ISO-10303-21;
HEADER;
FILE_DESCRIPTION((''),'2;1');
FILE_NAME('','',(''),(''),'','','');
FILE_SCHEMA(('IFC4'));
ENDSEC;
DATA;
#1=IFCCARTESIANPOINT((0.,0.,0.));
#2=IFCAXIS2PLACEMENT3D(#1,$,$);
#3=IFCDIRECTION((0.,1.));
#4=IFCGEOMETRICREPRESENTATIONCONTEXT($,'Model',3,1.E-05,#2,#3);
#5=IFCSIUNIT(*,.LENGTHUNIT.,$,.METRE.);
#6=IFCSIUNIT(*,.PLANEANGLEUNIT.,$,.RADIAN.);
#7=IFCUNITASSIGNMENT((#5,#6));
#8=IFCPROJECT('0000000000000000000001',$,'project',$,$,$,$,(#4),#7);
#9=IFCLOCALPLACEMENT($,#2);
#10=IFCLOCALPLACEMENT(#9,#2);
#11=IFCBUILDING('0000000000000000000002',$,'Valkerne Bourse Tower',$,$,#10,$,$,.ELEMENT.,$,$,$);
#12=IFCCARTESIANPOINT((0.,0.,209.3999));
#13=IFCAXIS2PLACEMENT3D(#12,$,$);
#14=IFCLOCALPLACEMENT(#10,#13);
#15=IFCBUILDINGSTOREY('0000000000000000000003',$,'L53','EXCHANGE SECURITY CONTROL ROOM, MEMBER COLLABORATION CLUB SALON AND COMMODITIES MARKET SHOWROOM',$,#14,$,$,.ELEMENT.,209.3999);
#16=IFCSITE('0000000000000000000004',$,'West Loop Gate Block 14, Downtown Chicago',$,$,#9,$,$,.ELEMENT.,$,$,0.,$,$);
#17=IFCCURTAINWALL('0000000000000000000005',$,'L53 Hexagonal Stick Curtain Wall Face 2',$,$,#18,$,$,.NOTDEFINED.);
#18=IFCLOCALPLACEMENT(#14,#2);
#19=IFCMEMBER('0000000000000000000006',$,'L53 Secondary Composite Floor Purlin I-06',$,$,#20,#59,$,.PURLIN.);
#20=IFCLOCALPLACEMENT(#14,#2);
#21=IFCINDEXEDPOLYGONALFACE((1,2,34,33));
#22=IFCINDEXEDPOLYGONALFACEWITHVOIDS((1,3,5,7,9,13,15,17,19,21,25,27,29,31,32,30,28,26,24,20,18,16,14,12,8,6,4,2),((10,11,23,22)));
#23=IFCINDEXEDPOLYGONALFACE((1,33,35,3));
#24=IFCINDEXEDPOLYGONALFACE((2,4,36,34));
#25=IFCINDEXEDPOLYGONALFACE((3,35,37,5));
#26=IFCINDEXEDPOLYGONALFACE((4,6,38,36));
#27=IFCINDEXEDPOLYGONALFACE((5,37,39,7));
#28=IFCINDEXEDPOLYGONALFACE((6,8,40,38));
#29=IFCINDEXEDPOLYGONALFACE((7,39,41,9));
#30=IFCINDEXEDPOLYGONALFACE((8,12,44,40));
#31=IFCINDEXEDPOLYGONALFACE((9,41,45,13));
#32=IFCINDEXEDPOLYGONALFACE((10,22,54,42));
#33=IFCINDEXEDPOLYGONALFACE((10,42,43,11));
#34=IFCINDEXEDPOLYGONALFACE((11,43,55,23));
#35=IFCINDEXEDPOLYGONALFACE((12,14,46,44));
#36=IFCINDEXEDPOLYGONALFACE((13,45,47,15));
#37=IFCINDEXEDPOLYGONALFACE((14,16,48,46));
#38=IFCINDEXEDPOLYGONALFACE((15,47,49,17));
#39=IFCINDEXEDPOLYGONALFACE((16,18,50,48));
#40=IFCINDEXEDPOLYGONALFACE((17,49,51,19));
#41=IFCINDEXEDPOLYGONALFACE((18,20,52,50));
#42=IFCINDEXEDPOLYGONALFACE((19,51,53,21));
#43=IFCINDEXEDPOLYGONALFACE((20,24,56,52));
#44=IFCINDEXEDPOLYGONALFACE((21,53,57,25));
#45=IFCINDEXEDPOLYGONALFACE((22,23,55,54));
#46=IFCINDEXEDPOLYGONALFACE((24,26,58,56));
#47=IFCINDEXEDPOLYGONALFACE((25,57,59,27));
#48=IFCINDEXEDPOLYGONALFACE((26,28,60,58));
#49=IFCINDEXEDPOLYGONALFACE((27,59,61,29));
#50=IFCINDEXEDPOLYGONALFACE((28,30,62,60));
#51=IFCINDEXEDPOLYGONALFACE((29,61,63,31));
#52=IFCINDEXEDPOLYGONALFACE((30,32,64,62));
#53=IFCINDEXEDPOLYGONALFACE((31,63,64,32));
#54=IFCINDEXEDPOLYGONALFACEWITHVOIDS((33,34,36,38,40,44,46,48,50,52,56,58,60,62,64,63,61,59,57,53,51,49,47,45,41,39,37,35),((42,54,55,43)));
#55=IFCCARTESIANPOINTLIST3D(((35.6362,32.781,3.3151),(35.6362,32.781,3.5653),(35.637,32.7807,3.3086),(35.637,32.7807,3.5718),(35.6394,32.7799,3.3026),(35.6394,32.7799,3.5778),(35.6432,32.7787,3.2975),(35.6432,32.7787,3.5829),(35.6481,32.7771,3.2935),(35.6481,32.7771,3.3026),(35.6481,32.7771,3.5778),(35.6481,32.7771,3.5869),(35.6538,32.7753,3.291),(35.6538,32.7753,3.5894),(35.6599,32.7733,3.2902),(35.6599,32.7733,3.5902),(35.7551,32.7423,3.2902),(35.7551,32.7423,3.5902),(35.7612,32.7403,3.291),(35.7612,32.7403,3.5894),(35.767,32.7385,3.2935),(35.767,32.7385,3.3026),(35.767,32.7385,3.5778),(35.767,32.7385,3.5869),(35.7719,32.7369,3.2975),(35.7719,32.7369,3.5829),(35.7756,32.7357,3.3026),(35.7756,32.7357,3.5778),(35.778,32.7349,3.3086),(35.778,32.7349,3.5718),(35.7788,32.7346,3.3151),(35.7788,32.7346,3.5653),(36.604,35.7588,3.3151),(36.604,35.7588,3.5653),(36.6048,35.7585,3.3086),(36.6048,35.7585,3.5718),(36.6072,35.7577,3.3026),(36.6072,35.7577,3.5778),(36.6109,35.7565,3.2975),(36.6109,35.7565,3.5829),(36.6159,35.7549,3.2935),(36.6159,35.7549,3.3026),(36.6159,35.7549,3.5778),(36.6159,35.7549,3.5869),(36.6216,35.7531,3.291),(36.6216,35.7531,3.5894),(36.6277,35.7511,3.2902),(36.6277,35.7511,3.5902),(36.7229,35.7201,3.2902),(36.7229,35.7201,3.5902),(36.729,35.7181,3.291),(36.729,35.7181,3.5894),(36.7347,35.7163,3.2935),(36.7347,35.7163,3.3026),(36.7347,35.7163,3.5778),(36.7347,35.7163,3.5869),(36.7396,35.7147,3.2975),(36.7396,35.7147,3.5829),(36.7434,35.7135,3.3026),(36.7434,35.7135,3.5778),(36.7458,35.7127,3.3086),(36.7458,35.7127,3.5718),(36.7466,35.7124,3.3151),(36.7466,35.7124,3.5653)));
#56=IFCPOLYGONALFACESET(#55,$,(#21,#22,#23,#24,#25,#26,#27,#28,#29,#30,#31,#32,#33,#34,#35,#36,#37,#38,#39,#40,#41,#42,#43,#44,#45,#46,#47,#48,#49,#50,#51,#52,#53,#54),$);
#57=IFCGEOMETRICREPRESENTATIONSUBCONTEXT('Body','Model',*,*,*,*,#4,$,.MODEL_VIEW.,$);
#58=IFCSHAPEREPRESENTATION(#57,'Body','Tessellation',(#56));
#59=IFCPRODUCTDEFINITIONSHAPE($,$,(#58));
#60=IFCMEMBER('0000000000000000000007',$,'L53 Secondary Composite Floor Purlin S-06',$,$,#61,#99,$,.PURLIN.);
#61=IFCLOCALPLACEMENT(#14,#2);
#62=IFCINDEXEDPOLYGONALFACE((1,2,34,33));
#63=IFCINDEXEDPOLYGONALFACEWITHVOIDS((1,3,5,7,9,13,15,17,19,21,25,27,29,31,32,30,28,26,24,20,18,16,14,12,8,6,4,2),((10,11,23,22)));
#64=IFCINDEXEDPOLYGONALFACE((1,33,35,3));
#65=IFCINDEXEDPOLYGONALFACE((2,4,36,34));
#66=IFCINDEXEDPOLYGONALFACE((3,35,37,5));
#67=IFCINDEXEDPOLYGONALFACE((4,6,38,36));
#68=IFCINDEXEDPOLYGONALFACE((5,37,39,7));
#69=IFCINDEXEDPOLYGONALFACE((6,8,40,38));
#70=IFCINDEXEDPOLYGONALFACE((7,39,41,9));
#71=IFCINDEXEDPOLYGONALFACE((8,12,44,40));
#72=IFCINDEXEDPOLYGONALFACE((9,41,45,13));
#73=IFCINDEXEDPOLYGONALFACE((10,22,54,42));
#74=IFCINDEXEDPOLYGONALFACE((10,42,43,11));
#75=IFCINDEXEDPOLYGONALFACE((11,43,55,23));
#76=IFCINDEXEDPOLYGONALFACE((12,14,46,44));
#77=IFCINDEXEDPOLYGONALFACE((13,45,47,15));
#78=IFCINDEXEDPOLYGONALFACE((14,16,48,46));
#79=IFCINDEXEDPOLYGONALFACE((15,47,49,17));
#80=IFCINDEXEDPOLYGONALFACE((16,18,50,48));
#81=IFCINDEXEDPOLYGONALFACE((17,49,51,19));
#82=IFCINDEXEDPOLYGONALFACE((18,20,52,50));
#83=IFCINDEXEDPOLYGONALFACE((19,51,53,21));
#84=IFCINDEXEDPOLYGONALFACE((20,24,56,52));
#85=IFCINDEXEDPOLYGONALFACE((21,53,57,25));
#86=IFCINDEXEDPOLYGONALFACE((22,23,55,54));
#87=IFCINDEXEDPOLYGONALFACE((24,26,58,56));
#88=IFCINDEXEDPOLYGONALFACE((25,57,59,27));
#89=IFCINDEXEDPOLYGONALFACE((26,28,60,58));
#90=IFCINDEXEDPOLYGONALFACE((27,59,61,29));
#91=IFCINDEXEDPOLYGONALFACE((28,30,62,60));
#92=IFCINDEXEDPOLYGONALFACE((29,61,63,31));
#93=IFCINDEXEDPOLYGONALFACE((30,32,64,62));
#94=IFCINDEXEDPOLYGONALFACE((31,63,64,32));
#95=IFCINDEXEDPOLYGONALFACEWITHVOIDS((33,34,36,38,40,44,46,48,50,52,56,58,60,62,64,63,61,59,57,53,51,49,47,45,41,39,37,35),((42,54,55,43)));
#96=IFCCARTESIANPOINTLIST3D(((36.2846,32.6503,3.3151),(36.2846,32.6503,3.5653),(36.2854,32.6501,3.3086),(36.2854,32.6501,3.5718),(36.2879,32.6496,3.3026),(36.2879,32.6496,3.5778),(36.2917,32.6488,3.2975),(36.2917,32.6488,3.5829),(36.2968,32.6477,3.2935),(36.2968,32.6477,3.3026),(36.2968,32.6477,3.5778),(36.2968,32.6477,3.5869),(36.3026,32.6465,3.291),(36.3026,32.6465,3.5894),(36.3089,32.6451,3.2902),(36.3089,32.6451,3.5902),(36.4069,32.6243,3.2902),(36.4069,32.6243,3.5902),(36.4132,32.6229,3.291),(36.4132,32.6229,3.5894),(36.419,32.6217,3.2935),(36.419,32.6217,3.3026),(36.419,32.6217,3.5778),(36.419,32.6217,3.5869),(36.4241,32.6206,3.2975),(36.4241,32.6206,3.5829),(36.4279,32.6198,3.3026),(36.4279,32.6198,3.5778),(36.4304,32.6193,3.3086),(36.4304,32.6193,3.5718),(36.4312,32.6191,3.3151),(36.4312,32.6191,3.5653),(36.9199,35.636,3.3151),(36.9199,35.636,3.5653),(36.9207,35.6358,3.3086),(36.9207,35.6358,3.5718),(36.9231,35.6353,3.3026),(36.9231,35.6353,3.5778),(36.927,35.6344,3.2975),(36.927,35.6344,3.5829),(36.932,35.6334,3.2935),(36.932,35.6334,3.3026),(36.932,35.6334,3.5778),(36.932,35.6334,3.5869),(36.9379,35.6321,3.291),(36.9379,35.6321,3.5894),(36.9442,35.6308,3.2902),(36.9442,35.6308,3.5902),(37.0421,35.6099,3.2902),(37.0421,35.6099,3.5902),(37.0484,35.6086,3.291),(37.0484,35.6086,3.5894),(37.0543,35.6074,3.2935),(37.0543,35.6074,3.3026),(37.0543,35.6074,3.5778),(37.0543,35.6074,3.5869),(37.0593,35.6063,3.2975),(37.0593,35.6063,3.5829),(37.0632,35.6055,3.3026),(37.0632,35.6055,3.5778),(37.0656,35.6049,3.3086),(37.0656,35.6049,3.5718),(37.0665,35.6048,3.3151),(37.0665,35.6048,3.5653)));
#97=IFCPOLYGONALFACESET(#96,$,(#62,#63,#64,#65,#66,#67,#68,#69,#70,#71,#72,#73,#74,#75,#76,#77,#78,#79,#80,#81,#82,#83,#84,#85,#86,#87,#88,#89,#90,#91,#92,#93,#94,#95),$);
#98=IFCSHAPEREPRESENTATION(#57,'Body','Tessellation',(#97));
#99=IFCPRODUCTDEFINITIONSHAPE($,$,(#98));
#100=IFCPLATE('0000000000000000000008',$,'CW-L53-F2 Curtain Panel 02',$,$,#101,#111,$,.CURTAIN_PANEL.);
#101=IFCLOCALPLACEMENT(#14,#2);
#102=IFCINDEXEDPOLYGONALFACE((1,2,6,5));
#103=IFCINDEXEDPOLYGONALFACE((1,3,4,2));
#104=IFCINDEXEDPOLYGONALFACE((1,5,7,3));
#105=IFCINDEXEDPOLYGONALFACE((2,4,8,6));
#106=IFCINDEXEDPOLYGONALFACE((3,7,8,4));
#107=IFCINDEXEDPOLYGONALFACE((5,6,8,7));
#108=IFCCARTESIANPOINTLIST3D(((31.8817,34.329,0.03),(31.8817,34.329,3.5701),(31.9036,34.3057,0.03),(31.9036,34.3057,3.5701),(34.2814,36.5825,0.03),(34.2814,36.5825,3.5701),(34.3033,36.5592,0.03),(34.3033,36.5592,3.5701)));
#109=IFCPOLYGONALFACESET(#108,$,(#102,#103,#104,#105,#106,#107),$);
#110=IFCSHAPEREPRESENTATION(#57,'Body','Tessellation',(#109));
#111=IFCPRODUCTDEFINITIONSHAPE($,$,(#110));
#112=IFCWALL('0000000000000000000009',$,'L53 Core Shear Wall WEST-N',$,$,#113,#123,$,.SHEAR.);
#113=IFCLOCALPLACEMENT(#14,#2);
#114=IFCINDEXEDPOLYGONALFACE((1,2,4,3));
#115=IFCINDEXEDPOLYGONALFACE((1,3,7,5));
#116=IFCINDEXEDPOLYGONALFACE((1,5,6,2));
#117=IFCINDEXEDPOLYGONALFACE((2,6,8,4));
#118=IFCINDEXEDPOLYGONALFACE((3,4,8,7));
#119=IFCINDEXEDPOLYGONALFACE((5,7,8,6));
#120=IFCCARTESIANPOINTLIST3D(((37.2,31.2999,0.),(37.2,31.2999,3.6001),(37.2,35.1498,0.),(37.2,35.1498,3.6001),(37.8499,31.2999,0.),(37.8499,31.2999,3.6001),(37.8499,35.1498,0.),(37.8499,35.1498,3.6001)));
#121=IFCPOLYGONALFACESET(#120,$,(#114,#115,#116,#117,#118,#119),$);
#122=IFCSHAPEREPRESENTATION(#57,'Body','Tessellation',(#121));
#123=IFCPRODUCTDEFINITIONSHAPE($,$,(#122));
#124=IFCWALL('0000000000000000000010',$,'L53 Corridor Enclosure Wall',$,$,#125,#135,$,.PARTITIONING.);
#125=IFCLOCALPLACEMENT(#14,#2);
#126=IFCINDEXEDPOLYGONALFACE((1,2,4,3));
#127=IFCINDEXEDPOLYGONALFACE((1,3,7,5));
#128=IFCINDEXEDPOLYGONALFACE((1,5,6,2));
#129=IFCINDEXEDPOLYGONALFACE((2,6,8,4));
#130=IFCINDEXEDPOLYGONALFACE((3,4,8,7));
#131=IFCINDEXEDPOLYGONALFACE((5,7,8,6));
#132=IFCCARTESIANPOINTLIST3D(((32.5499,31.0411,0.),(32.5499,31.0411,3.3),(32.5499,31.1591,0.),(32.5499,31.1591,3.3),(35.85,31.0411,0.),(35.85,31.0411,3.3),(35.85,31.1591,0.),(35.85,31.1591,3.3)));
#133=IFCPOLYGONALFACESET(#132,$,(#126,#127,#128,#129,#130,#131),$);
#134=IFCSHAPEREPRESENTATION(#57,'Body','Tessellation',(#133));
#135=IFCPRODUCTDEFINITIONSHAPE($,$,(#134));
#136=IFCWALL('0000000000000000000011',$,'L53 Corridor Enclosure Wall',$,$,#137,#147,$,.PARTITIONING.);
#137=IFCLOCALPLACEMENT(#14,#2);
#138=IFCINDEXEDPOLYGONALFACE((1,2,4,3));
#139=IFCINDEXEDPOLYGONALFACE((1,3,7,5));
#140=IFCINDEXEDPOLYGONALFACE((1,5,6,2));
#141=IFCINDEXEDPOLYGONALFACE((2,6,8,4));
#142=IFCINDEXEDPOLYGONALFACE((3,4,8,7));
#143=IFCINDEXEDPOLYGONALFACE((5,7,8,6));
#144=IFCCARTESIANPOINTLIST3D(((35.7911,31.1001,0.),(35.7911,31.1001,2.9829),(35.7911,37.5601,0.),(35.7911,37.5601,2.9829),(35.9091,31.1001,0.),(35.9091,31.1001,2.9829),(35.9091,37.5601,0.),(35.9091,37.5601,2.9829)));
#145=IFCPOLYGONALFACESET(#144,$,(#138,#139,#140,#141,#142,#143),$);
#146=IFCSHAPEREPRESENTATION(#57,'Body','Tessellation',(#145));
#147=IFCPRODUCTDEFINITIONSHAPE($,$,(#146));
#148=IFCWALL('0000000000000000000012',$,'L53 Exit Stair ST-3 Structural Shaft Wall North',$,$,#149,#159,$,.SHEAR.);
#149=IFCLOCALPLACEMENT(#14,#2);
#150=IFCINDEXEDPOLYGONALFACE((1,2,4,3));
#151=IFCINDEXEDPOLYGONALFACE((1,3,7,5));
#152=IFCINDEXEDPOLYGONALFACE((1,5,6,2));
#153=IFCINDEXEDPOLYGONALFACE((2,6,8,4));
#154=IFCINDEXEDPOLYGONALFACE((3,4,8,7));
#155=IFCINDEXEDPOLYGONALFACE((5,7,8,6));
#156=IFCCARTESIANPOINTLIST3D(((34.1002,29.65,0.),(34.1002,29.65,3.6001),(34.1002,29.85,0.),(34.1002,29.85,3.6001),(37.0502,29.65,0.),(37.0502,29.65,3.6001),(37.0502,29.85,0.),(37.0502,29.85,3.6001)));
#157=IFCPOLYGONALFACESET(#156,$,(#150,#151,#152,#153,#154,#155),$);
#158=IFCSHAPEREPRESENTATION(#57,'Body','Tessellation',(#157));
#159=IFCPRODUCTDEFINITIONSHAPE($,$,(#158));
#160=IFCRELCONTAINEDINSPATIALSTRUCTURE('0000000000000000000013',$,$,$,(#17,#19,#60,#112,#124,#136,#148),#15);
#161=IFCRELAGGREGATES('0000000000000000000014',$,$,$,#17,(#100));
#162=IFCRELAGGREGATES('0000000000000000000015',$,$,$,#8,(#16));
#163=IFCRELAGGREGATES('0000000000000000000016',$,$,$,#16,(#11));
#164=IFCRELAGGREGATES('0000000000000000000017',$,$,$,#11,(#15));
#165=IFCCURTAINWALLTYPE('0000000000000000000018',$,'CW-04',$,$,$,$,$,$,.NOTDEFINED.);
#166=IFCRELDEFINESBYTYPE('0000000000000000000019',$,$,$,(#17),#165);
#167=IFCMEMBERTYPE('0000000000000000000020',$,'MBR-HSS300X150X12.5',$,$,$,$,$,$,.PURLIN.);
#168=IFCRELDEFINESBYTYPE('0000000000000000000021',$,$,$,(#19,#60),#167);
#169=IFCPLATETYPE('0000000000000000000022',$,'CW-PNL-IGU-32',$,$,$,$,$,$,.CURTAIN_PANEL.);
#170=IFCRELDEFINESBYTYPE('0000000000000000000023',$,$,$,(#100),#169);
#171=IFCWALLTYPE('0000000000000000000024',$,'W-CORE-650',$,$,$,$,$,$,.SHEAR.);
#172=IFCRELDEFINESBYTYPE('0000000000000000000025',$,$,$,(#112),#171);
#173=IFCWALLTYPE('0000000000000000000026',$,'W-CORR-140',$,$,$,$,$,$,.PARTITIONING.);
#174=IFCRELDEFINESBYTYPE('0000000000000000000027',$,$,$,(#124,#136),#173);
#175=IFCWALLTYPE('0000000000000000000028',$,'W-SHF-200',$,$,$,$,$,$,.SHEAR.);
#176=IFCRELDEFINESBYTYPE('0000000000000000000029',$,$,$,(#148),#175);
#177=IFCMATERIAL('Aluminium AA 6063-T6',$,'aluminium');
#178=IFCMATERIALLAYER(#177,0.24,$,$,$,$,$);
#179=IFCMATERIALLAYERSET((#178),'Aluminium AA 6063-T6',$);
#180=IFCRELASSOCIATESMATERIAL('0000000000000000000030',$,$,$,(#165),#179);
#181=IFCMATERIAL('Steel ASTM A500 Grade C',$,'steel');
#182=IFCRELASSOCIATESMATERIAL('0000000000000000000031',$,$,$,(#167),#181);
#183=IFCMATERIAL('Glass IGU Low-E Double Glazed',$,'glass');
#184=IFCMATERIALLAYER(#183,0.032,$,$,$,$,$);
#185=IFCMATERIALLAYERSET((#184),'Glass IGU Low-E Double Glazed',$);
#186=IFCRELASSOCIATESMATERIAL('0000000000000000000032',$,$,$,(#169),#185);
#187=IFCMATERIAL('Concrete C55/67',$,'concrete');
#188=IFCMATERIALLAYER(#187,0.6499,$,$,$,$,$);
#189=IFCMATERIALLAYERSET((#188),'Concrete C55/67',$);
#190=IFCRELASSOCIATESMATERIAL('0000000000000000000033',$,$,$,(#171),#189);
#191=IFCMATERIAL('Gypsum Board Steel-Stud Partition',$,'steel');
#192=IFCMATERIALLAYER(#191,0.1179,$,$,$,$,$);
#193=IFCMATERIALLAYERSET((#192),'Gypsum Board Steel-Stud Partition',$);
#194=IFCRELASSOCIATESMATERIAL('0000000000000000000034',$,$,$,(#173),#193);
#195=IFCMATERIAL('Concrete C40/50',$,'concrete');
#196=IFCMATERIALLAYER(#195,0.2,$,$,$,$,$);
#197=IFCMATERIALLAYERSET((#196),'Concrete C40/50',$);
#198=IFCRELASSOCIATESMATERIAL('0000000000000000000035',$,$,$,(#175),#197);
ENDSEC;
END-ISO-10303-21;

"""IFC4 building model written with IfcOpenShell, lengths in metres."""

from ifc_helpers import new_model, si_unit, direction, frame, frame_2d, origin, origin_2d, place, context, subcontext, project, spatial, rectangle, hollow_rectangle, extrude, material, layer, layer_set, material_profile, profile_set, type_object, element, aggregate, save


model = new_model("IFC4")

# Units and contexts
model_context = context("Model", 3, precision=1e-05, world=origin(), true_north=direction((0.0, 1.0)))
body_context = subcontext(model_context, "Body", "Model", "MODEL_VIEW")
ifc_project = project(units=[si_unit("LENGTHUNIT", "METRE"), si_unit("PLANEANGLEUNIT", "RADIAN")], contexts=[model_context])

# Site, building, storey
site_placement = place(None, origin())
site = spatial("IfcSite", under=ifc_project, at=site_placement, Name="West Loop Gate Block 14, Downtown Chicago", CompositionType="ELEMENT", RefElevation=0.0)
building_placement = place(site_placement, origin())
building = spatial("IfcBuilding", under=site, at=building_placement, Name="Valkerne Bourse Tower", CompositionType="ELEMENT")
storey_placement = place(building_placement, frame((0.0, 0.0, 209.3999)))
storey = spatial("IfcBuildingStorey", under=building, at=storey_placement, Name="L53", Description="EXCHANGE SECURITY CONTROL ROOM, MEMBER COLLABORATION CLUB SALON AND COMMODITIES MARKET SHOWROOM", CompositionType="ELEMENT", Elevation=209.3999)

# Curtain wall
ifc_material_1 = material(Name="Aluminium AA 6063-T6", Category="aluminium")
ifc_layer_1 = layer(ifc_material_1, 0.24)
ifc_layer_set_1 = layer_set([ifc_layer_1], Name="Aluminium AA 6063-T6")
curtain_wall_type = type_object("IfcCurtainWallType", Name="CW-04", PredefinedType="NOTDEFINED", material=ifc_layer_set_1)
curtain_wall_1_placement = place(storey_placement, origin())
curtain_wall_1 = element("IfcCurtainWall", 1, at=curtain_wall_1_placement, inside=storey, type_object=curtain_wall_type, Name="L53 Hexagonal Stick Curtain Wall Face 2", PredefinedType="NOTDEFINED")

# Members
ifc_material_2 = material(Name="Steel ASTM A500 Grade C", Category="steel")
ifc_material_profile_1 = material_profile(ifc_material_2, hollow_rectangle(XDim=0.1499, YDim=0.3, WallThickness=0.0125, OuterFilletRadius=0.0249, at=origin_2d()), Name="HSS300X150X12.5")
ifc_profile_set_1 = profile_set([ifc_material_profile_1], Name="Steel ASTM A500 Grade C")
member_type_1 = type_object("IfcMemberType", Name="MBR-HSS300X150X12.5", PredefinedType="PURLIN", material=ifc_profile_set_1)
member_1_placement = place(storey_placement, frame((36.6753, 35.7356, 3.4402), z_axis=(-0.309084, -0.951035, 0.0), x_axis=(0.951035, -0.309084, 0.0)))
element("IfcMember", 2, at=member_1_placement, inside=storey, type_object=member_type_1, Name="L53 Secondary Composite Floor Purlin I-06", PredefinedType="PURLIN", context=body_context, shape_type="SweptSolid", body=[
    extrude(hollow_rectangle(XDim=0.1499, YDim=0.3, WallThickness=0.0125, OuterFilletRadius=0.0249, at=origin_2d()), origin(), (0.0, 0.0, 1.0), 3.1311),
])
member_2_placement = place(storey_placement, frame((36.9932, 35.6204, 3.4402), z_axis=(-0.208114, -0.978105, 0.0), x_axis=(0.978105, -0.208114, 0.0)))
element("IfcMember", 3, at=member_2_placement, inside=storey, type_object=member_type_1, Name="L53 Secondary Composite Floor Purlin S-06", PredefinedType="PURLIN", context=body_context, shape_type="SweptSolid", body=[
    extrude(hollow_rectangle(XDim=0.1499, YDim=0.3, WallThickness=0.0125, OuterFilletRadius=0.0249, at=origin_2d()), origin(), (0.0, 0.0, 1.0), 3.0525),
])

# Plate
ifc_material_3 = material(Name="Glass IGU Low-E Double Glazed", Category="glass")
ifc_layer_2 = layer(ifc_material_3, 0.032)
ifc_layer_set_2 = layer_set([ifc_layer_2], Name="Glass IGU Low-E Double Glazed")
plate_type = type_object("IfcPlateType", Name="CW-PNL-IGU-32", PredefinedType="CURTAIN_PANEL", material=ifc_layer_set_2)
plate_placement = place(storey_placement, frame((33.0925, 35.4441, 0.03), z_axis=(0.0, 0.0, 1.0), x_axis=(-0.728956, -0.68456, 0.0)))
plate = element("IfcPlate", 4, at=plate_placement, type_object=plate_type, Name="CW-L53-F2 Curtain Panel 02", PredefinedType="CURTAIN_PANEL", context=body_context, shape_type="SweptSolid", body=[
    extrude(rectangle(XDim=3.292, YDim=0.032, at=origin_2d()), origin(), (0.0, 0.0, 1.0), 3.54),
])
aggregate(curtain_wall_1, [plate])

# Shared definitions
ifc_material_4 = material(Name="Concrete C55/67", Category="concrete")
ifc_layer_3 = layer(ifc_material_4, 0.6499)
ifc_layer_set_3 = layer_set([ifc_layer_3], Name="Concrete C55/67")
wall_type_1 = type_object("IfcWallType", Name="W-CORE-650", PredefinedType="SHEAR", material=ifc_layer_set_3)

# Walls
wall_1_placement = place(storey_placement, frame((37.5249, 31.3, 0.0), z_axis=(0.0, 0.0, 1.0), x_axis=(0.0, 1.0, 0.0)))
element("IfcWall", 5, at=wall_1_placement, inside=storey, type_object=wall_type_1, Name="L53 Core Shear Wall WEST-N", PredefinedType="SHEAR", context=body_context, shape_type="SweptSolid", body=[
    extrude(rectangle(XDim=3.8499, YDim=0.6499, at=frame_2d((1.9248, 0.0))), origin(), (0.0, 0.0, 1.0), 3.6001),
])
ifc_material_5 = material(Name="Gypsum Board Steel-Stud Partition", Category="steel")
ifc_layer_4 = layer(ifc_material_5, 0.1179)
ifc_layer_set_4 = layer_set([ifc_layer_4], Name="Gypsum Board Steel-Stud Partition")
wall_type_2 = type_object("IfcWallType", Name="W-CORR-140", PredefinedType="PARTITIONING", material=ifc_layer_set_4)
wall_2_placement = place(storey_placement, frame((32.55, 31.1001, 0.0), z_axis=(0.0, 0.0, 1.0), x_axis=(1.0, 0.0, 0.0)))
element("IfcWall", 6, at=wall_2_placement, inside=storey, type_object=wall_type_2, Name="L53 Corridor Enclosure Wall", PredefinedType="PARTITIONING", context=body_context, shape_type="SweptSolid", body=[
    extrude(rectangle(XDim=3.3, YDim=0.1179, at=frame_2d((1.6499, 0.0))), origin(), (0.0, 0.0, 1.0), 3.3),
])
wall_3_placement = place(storey_placement, frame((35.8501, 31.1001, 0.0), z_axis=(0.0, 0.0, 1.0), x_axis=(0.0, 1.0, 0.0)))
element("IfcWall", 7, at=wall_3_placement, inside=storey, type_object=wall_type_2, Name="L53 Corridor Enclosure Wall", PredefinedType="PARTITIONING", context=body_context, shape_type="SweptSolid", body=[
    extrude(rectangle(XDim=6.46, YDim=0.1179, at=frame_2d((3.23, 0.0))), origin(), (0.0, 0.0, 1.0), 2.9829),
])
ifc_material_6 = material(Name="Concrete C40/50", Category="concrete")
ifc_layer_5 = layer(ifc_material_6, 0.2)
ifc_layer_set_5 = layer_set([ifc_layer_5], Name="Concrete C40/50")
wall_type_3 = type_object("IfcWallType", Name="W-SHF-200", PredefinedType="SHEAR", material=ifc_layer_set_5)
wall_4_placement = place(storey_placement, frame((34.1001, 29.75, 0.0), z_axis=(0.0, 0.0, 1.0), x_axis=(1.0, 0.0, 0.0)))
element("IfcWall", 8, at=wall_4_placement, inside=storey, type_object=wall_type_3, Name="L53 Exit Stair ST-3 Structural Shaft Wall North", PredefinedType="SHEAR", context=body_context, shape_type="SweptSolid", body=[
    extrude(rectangle(XDim=2.95, YDim=0.2, at=frame_2d((1.4751, 0.0))), origin(), (0.0, 0.0, 1.0), 3.6001),
])

save(model, "model.ifc")
